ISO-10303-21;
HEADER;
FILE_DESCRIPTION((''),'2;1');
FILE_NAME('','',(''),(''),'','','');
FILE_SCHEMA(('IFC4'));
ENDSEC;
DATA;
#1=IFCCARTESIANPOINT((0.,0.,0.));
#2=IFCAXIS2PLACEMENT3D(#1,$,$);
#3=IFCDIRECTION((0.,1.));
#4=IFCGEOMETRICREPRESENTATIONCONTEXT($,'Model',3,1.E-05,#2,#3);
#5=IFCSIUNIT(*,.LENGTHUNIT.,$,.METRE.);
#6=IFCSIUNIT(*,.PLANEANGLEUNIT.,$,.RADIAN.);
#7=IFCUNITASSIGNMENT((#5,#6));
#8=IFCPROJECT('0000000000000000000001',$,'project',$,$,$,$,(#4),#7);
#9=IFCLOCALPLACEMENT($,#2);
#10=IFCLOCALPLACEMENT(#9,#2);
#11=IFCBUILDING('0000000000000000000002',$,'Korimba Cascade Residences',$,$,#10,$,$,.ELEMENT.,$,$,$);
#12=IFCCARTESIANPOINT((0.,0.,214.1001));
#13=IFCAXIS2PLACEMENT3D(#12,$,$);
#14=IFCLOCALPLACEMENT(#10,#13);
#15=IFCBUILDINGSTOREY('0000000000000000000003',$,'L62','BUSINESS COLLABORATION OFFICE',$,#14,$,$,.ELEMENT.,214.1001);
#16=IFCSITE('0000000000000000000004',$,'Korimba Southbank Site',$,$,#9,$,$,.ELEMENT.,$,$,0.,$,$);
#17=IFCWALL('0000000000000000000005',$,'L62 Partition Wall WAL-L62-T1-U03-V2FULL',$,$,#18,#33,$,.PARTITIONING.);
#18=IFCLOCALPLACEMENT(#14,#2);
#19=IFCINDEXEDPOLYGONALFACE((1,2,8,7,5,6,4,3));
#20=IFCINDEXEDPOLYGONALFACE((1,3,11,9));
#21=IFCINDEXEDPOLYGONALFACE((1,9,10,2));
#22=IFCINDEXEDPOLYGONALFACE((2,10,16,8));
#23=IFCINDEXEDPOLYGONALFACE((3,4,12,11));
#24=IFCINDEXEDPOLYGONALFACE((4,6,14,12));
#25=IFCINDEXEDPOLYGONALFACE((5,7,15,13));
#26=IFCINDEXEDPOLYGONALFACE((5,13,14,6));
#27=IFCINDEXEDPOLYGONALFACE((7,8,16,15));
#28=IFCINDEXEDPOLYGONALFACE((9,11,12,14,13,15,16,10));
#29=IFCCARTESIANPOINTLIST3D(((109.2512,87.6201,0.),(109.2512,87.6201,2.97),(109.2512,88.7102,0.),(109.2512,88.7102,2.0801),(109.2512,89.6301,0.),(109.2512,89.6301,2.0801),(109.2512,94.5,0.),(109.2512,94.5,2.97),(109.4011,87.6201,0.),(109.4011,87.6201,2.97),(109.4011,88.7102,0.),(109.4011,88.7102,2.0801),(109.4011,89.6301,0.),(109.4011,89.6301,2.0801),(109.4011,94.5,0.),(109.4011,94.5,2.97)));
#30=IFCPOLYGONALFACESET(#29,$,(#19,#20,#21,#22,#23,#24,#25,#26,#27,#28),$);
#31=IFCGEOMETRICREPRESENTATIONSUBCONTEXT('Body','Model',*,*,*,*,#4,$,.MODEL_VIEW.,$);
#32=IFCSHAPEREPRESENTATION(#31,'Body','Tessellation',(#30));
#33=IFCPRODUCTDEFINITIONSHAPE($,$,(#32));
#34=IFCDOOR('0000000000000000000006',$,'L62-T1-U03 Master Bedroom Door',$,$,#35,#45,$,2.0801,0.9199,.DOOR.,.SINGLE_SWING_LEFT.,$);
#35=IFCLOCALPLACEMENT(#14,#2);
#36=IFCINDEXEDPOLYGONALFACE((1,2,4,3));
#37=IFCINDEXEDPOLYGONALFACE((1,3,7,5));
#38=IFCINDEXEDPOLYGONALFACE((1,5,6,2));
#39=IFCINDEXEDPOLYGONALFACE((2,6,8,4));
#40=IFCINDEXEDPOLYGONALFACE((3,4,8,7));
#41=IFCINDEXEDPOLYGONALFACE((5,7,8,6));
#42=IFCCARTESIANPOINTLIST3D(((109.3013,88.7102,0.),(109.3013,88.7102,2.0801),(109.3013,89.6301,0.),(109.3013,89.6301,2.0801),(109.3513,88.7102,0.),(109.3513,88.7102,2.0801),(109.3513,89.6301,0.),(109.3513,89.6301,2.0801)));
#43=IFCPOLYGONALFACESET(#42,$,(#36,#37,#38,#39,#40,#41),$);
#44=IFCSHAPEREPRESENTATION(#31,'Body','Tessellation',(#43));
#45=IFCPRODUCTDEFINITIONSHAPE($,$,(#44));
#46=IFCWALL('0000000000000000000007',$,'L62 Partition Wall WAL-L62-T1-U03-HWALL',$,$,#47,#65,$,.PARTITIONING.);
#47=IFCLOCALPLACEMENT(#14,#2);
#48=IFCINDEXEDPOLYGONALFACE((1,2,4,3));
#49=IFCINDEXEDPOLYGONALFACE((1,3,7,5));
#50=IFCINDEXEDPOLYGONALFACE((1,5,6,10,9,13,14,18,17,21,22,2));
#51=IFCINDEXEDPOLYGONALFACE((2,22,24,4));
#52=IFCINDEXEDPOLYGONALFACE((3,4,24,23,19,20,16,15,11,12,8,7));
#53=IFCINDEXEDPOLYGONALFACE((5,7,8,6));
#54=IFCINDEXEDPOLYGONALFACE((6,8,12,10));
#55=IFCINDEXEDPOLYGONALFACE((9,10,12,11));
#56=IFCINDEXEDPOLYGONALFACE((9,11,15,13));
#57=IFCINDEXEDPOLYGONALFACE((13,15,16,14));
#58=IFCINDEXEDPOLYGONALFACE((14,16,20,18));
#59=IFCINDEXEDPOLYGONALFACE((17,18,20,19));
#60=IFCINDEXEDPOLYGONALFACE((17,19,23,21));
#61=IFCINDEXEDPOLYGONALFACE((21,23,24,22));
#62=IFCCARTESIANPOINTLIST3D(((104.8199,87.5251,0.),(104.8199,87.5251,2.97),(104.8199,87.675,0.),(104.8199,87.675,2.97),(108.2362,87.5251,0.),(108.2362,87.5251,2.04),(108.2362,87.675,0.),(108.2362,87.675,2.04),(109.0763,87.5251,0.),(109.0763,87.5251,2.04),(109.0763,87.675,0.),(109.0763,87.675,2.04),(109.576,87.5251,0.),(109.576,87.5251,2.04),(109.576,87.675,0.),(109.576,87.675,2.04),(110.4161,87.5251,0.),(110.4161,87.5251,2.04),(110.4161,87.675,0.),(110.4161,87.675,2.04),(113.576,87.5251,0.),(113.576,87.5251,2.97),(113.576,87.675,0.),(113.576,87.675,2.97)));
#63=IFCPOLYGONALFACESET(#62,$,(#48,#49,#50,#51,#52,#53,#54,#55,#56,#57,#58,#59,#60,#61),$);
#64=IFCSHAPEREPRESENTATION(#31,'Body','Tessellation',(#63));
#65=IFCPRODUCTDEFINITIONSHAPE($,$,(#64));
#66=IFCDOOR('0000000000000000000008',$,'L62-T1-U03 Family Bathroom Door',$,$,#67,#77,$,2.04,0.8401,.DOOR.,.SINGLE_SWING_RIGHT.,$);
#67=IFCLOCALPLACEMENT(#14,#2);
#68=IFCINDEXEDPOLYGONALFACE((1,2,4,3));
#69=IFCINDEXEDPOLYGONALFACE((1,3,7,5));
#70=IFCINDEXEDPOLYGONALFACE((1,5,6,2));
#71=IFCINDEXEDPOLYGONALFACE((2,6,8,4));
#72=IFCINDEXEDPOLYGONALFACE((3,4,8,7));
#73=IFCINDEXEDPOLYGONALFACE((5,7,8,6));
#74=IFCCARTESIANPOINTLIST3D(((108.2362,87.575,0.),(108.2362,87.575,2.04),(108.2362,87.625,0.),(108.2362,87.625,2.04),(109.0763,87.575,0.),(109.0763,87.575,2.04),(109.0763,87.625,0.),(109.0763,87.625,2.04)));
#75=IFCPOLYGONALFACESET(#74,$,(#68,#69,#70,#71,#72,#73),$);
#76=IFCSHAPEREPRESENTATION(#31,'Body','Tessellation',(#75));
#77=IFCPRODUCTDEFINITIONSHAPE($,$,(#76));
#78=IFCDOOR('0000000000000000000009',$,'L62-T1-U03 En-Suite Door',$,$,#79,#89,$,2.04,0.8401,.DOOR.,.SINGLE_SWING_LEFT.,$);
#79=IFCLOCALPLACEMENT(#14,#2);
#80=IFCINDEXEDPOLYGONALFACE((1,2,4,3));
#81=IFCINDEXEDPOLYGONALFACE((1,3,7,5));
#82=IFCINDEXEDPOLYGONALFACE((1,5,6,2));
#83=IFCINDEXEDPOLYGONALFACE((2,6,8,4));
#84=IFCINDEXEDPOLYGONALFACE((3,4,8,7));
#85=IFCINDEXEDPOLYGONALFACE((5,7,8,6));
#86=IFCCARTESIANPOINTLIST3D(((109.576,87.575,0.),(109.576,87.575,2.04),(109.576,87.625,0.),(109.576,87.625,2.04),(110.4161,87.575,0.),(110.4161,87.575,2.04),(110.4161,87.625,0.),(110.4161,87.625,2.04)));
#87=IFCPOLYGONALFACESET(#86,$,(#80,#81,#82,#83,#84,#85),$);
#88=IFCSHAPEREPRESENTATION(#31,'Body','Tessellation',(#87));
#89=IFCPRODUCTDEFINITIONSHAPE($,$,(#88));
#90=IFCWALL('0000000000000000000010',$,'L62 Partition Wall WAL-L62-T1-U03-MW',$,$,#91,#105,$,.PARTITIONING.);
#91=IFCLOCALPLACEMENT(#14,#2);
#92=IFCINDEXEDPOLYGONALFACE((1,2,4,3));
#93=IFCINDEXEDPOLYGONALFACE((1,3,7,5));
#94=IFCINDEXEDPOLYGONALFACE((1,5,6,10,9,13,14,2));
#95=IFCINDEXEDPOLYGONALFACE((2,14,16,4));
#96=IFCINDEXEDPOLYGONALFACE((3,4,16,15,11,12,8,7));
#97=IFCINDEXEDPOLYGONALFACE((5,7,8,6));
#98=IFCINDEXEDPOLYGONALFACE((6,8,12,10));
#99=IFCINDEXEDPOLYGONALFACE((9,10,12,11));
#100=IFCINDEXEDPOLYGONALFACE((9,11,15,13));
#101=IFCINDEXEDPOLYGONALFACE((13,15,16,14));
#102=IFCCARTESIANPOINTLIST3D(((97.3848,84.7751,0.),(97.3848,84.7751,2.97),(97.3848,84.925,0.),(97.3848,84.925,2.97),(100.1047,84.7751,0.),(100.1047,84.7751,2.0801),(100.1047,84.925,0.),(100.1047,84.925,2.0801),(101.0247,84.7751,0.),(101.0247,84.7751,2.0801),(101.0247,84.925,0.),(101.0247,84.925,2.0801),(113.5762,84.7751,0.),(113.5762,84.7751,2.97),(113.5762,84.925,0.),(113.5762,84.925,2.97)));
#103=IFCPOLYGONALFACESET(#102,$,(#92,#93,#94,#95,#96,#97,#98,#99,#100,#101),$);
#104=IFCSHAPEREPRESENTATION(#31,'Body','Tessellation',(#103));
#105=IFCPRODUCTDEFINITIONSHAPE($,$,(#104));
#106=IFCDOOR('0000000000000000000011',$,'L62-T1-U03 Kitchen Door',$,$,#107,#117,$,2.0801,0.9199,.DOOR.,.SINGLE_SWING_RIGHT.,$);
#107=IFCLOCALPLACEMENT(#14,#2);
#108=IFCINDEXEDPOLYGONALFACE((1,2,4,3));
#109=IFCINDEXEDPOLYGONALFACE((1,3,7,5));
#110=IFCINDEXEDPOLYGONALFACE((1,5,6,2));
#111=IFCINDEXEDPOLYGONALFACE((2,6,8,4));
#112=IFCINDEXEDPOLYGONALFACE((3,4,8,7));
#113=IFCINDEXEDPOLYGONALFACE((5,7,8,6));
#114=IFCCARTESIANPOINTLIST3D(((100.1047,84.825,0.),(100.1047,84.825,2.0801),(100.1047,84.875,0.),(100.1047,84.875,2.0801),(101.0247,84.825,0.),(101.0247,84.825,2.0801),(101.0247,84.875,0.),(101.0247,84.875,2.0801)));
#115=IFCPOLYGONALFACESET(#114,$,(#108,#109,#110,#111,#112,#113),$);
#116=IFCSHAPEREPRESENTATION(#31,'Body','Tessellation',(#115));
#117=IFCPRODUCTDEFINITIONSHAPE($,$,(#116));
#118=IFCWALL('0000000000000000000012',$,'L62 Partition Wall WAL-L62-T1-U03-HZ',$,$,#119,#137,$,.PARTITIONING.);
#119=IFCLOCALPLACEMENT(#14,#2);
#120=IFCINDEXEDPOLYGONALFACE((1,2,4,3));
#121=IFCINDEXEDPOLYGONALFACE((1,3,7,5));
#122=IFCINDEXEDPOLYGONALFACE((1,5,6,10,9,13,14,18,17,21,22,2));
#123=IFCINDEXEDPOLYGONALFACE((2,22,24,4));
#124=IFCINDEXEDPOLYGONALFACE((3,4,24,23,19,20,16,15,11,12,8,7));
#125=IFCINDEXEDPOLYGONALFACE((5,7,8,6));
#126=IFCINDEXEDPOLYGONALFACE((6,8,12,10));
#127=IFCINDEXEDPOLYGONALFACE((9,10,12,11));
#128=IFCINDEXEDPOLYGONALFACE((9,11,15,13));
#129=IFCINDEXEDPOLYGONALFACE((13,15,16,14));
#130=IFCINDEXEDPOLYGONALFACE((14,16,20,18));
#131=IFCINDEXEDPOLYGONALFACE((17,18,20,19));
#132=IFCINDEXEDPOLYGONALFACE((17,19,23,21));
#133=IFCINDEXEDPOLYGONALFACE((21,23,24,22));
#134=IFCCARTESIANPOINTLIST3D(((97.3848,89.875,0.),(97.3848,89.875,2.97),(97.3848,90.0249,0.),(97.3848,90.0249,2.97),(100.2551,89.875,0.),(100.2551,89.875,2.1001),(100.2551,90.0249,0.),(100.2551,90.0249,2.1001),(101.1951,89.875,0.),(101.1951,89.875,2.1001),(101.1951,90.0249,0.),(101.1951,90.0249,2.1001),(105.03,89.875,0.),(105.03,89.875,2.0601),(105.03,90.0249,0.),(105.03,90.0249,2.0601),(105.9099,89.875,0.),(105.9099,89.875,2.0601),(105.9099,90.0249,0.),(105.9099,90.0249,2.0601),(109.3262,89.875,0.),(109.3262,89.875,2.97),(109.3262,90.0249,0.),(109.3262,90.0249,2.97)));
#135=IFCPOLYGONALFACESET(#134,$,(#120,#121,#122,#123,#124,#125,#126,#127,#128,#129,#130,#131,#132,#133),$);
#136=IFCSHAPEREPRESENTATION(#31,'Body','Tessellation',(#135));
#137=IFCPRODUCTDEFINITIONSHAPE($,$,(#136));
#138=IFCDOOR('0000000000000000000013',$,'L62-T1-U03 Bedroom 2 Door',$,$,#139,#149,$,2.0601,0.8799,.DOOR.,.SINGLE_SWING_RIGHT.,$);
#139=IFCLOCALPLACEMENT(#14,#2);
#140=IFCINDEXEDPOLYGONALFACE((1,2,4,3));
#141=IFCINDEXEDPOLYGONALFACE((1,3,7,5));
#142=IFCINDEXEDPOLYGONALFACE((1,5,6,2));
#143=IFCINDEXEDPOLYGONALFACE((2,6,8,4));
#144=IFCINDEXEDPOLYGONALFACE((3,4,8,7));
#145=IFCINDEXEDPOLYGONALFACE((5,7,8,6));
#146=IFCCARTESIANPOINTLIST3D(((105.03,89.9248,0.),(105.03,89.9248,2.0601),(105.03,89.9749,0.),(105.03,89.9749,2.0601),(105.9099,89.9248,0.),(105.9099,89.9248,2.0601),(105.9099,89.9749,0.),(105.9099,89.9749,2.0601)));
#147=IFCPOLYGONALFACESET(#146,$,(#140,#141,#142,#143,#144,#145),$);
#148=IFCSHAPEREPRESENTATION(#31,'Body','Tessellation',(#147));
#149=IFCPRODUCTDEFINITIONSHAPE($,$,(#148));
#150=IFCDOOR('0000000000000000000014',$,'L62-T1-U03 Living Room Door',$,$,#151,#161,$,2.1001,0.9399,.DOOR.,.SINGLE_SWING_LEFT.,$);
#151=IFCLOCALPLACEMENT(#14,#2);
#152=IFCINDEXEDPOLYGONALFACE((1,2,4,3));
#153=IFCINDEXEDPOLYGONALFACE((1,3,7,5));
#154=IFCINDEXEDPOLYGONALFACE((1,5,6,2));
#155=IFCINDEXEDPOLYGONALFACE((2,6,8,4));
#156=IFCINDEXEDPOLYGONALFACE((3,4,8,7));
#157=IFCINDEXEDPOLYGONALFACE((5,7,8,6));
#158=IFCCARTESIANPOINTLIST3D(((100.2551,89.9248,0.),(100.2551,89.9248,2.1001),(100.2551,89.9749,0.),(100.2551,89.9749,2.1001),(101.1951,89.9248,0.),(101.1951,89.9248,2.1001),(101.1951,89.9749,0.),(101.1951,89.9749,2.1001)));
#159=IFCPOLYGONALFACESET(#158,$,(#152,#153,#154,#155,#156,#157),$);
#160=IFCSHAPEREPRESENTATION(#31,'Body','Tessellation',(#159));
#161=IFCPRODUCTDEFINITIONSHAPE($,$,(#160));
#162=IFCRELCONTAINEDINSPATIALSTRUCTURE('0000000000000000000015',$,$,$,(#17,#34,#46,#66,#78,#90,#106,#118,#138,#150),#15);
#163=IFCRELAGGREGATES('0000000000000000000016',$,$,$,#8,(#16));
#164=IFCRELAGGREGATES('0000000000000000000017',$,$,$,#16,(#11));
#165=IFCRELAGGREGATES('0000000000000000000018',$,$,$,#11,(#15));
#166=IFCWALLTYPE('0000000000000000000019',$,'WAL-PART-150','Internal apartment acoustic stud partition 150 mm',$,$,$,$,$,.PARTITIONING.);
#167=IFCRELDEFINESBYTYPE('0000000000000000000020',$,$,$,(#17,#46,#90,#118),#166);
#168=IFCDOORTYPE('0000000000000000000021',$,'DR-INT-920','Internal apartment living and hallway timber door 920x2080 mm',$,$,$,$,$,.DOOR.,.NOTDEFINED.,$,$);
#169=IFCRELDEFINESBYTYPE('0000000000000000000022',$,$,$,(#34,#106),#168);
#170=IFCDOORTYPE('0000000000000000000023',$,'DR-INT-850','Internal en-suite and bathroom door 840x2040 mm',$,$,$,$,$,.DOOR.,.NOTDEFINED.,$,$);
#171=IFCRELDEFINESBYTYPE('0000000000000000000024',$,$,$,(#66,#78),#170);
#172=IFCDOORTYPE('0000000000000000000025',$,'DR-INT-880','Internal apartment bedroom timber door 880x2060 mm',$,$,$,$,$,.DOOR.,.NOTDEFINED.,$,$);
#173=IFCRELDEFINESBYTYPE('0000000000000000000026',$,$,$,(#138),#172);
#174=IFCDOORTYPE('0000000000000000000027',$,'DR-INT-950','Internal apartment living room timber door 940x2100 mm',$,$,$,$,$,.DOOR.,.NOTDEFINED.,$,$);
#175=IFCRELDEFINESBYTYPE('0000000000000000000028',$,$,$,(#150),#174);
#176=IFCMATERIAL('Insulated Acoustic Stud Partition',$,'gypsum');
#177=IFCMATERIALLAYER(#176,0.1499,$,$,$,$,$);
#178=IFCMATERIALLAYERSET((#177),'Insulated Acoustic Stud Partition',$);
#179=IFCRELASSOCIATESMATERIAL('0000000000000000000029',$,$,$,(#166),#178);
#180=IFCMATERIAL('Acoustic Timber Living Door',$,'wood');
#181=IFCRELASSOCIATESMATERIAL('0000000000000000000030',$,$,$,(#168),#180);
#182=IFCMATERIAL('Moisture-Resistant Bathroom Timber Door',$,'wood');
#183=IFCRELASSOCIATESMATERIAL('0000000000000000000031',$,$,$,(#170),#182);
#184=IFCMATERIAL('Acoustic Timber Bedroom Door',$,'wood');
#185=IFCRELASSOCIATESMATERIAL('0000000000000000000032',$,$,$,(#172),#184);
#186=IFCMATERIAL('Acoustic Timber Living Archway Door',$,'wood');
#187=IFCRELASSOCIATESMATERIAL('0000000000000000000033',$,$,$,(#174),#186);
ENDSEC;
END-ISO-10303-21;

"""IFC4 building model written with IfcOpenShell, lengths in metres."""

from ifc_helpers import new_model, si_unit, direction, frame, frame_2d, origin, place, context, subcontext, project, spatial, rectangle, extrude, material, layer, layer_set, type_object, element, fill, save


model = new_model("IFC4")

# Units and contexts
model_context = context("Model", 3, precision=1e-05, world=origin(), true_north=direction((0.0, 1.0)))
body_context = subcontext(model_context, "Body", "Model", "MODEL_VIEW")
ifc_project = project(units=[si_unit("LENGTHUNIT", "METRE"), si_unit("PLANEANGLEUNIT", "RADIAN")], contexts=[model_context])

# Site, building, storey
site_placement = place(None, origin())
site = spatial("IfcSite", under=ifc_project, at=site_placement, Name="Korimba Southbank Site", CompositionType="ELEMENT", RefElevation=0.0)
building_placement = place(site_placement, origin())
building = spatial("IfcBuilding", under=site, at=building_placement, Name="Korimba Cascade Residences", CompositionType="ELEMENT")
storey_placement = place(building_placement, frame((0.0, 0.0, 214.1001)))
storey = spatial("IfcBuildingStorey", under=building, at=storey_placement, Name="L62", Description="BUSINESS COLLABORATION OFFICE", CompositionType="ELEMENT", Elevation=214.1001)

# Shared definitions
ifc_material_1 = material(Name="Insulated Acoustic Stud Partition", Category="gypsum")
ifc_layer = layer(ifc_material_1, 0.1499)
ifc_layer_set = layer_set([ifc_layer], Name="Insulated Acoustic Stud Partition")
wall_type = type_object("IfcWallType", Name="WAL-PART-150", Description="Internal apartment acoustic stud partition 150 mm", PredefinedType="PARTITIONING", material=ifc_layer_set)
ifc_material_2 = material(Name="Acoustic Timber Living Door", Category="wood")
door_type_1 = type_object("IfcDoorType", Name="DR-INT-920", Description="Internal apartment living and hallway timber door 920x2080 mm", OperationType="NOTDEFINED", PredefinedType="DOOR", material=ifc_material_2)

# Wall, opening, door
wall_1_placement = place(storey_placement, frame((109.3262, 87.6201, 0.0), z_axis=(0.0, 0.0, 1.0), x_axis=(0.0, 1.0, 0.0)))
wall_1 = element("IfcWall", 1, at=wall_1_placement, inside=storey, type_object=wall_type, Name="L62 Partition Wall WAL-L62-T1-U03-V2FULL", PredefinedType="PARTITIONING", context=body_context, shape_type="SweptSolid", body=[
    extrude(rectangle(XDim=6.8799, YDim=0.1499, at=frame_2d((3.4399, 0.0))), origin(), (0.0, 0.0, 1.0), 2.97),
])
opening_1_placement = place(wall_1_placement, frame((1.0901, 0.0, 0.0)))
opening_1 = element("IfcOpeningElement", 2, at=opening_1_placement, cuts=wall_1, PredefinedType="OPENING", context=body_context, shape_type="SweptSolid", body=[
    extrude(rectangle(XDim=0.9199, YDim=2.0801, at=frame_2d((0.46, 1.04))), frame((0.0, 0.085, 0.0), z_axis=(0.0, -1.0, 0.0), x_axis=(1.0, 0.0, 0.0)), (0.0, 0.0, 1.0), 0.1699),
])
door_1_placement = place(opening_1_placement, origin())
door_1 = element("IfcDoor", 3, at=door_1_placement, inside=storey, type_object=door_type_1, Name="L62-T1-U03 Master Bedroom Door", OperationType="SINGLE_SWING_LEFT", OverallHeight=2.0801, OverallWidth=0.9199, PredefinedType="DOOR", context=body_context, shape_type="SweptSolid", body=[
    extrude(rectangle(XDim=0.9199, YDim=2.0801, at=frame_2d((0.46, 1.04))), frame((0.0, 0.0249, 0.0), z_axis=(0.0, -1.0, 0.0), x_axis=(1.0, 0.0, 0.0)), (0.0, 0.0, 1.0), 0.05),
])
fill(opening_1, door_1)

# Wall, openings, doors
wall_2_placement = place(storey_placement, frame((104.8201, 87.6001, 0.0), z_axis=(0.0, 0.0, 1.0), x_axis=(1.0, 0.0, 0.0)))
wall_2 = element("IfcWall", 4, at=wall_2_placement, inside=storey, type_object=wall_type, Name="L62 Partition Wall WAL-L62-T1-U03-HWALL", PredefinedType="PARTITIONING", context=body_context, shape_type="SweptSolid", body=[
    extrude(rectangle(XDim=8.7561, YDim=0.1499, at=frame_2d((4.3779, 0.0))), origin(), (0.0, 0.0, 1.0), 2.97),
])
opening_2_placement = place(wall_2_placement, frame((3.4163, 0.0, 0.0)))
opening_2 = element("IfcOpeningElement", 5, at=opening_2_placement, cuts=wall_2, PredefinedType="OPENING", context=body_context, shape_type="SweptSolid", body=[
    extrude(rectangle(XDim=0.8401, YDim=2.04, at=frame_2d((0.4199, 1.02))), frame((0.0, 0.085, 0.0), z_axis=(0.0, -1.0, 0.0), x_axis=(1.0, 0.0, 0.0)), (0.0, 0.0, 1.0), 0.1699),
])
opening_3_placement = place(wall_2_placement, frame((4.7561, 0.0, 0.0)))
opening_3 = element("IfcOpeningElement", 6, at=opening_3_placement, cuts=wall_2, PredefinedType="OPENING", context=body_context, shape_type="SweptSolid", body=[
    extrude(rectangle(XDim=0.8401, YDim=2.04, at=frame_2d((0.4199, 1.02))), frame((0.0, 0.085, 0.0), z_axis=(0.0, -1.0, 0.0), x_axis=(1.0, 0.0, 0.0)), (0.0, 0.0, 1.0), 0.1699),
])
ifc_material_3 = material(Name="Moisture-Resistant Bathroom Timber Door", Category="wood")
door_type_2 = type_object("IfcDoorType", Name="DR-INT-850", Description="Internal en-suite and bathroom door 840x2040 mm", OperationType="NOTDEFINED", PredefinedType="DOOR", material=ifc_material_3)
door_2_placement = place(opening_2_placement, origin())
door_2 = element("IfcDoor", 7, at=door_2_placement, inside=storey, type_object=door_type_2, Name="L62-T1-U03 Family Bathroom Door", OperationType="SINGLE_SWING_RIGHT", OverallHeight=2.04, OverallWidth=0.8401, PredefinedType="DOOR", context=body_context, shape_type="SweptSolid", body=[
    extrude(rectangle(XDim=0.8401, YDim=2.04, at=frame_2d((0.4199, 1.02))), frame((0.0, 0.0249, 0.0), z_axis=(0.0, -1.0, 0.0), x_axis=(1.0, 0.0, 0.0)), (0.0, 0.0, 1.0), 0.05),
])
fill(opening_2, door_2)
door_3_placement = place(opening_3_placement, origin())
door_3 = element("IfcDoor", 8, at=door_3_placement, inside=storey, type_object=door_type_2, Name="L62-T1-U03 En-Suite Door", OperationType="SINGLE_SWING_LEFT", OverallHeight=2.04, OverallWidth=0.8401, PredefinedType="DOOR", context=body_context, shape_type="SweptSolid", body=[
    extrude(rectangle(XDim=0.8401, YDim=2.04, at=frame_2d((0.4199, 1.02))), frame((0.0, 0.0249, 0.0), z_axis=(0.0, -1.0, 0.0), x_axis=(1.0, 0.0, 0.0)), (0.0, 0.0, 1.0), 0.05),
])
fill(opening_3, door_3)

# Wall, opening, door
wall_3_placement = place(storey_placement, frame((97.3848, 84.8501, 0.0), z_axis=(0.0, 0.0, 1.0), x_axis=(1.0, 0.0, 0.0)))
wall_3 = element("IfcWall", 9, at=wall_3_placement, inside=storey, type_object=wall_type, Name="L62 Partition Wall WAL-L62-T1-U03-MW", PredefinedType="PARTITIONING", context=body_context, shape_type="SweptSolid", body=[
    extrude(rectangle(XDim=16.1914, YDim=0.1499, at=frame_2d((8.0957, 0.0))), origin(), (0.0, 0.0, 1.0), 2.97),
])
opening_4_placement = place(wall_3_placement, frame((2.72, 0.0, 0.0)))
opening_4 = element("IfcOpeningElement", 10, at=opening_4_placement, cuts=wall_3, PredefinedType="OPENING", context=body_context, shape_type="SweptSolid", body=[
    extrude(rectangle(XDim=0.9199, YDim=2.0801, at=frame_2d((0.46, 1.04))), frame((0.0, 0.085, 0.0), z_axis=(0.0, -1.0, 0.0), x_axis=(1.0, 0.0, 0.0)), (0.0, 0.0, 1.0), 0.1699),
])
door_4_placement = place(opening_4_placement, origin())
door_4 = element("IfcDoor", 11, at=door_4_placement, inside=storey, type_object=door_type_1, Name="L62-T1-U03 Kitchen Door", OperationType="SINGLE_SWING_RIGHT", OverallHeight=2.0801, OverallWidth=0.9199, PredefinedType="DOOR", context=body_context, shape_type="SweptSolid", body=[
    extrude(rectangle(XDim=0.9199, YDim=2.0801, at=frame_2d((0.46, 1.04))), frame((0.0, 0.0249, 0.0), z_axis=(0.0, -1.0, 0.0), x_axis=(1.0, 0.0, 0.0)), (0.0, 0.0, 1.0), 0.05),
])
fill(opening_4, door_4)

# Wall, openings, doors
wall_4_placement = place(storey_placement, frame((97.3848, 89.95, 0.0), z_axis=(0.0, 0.0, 1.0), x_axis=(1.0, 0.0, 0.0)))
wall_4 = element("IfcWall", 12, at=wall_4_placement, inside=storey, type_object=wall_type, Name="L62 Partition Wall WAL-L62-T1-U03-HZ", PredefinedType="PARTITIONING", context=body_context, shape_type="SweptSolid", body=[
    extrude(rectangle(XDim=11.9414, YDim=0.1499, at=frame_2d((5.9707, 0.0))), origin(), (0.0, 0.0, 1.0), 2.97),
])
opening_5_placement = place(wall_4_placement, frame((2.8704, 0.0, 0.0)))
opening_5 = element("IfcOpeningElement", 13, at=opening_5_placement, cuts=wall_4, PredefinedType="OPENING", context=body_context, shape_type="SweptSolid", body=[
    extrude(rectangle(XDim=0.9399, YDim=2.1001, at=frame_2d((0.47, 1.05))), frame((0.0, 0.085, 0.0), z_axis=(0.0, -1.0, 0.0), x_axis=(1.0, 0.0, 0.0)), (0.0, 0.0, 1.0), 0.1699),
])
opening_6_placement = place(wall_4_placement, frame((7.6453, 0.0, 0.0)))
opening_6 = element("IfcOpeningElement", 14, at=opening_6_placement, cuts=wall_4, PredefinedType="OPENING", context=body_context, shape_type="SweptSolid", body=[
    extrude(rectangle(XDim=0.8799, YDim=2.0601, at=frame_2d((0.4399, 1.03))), frame((0.0, 0.085, 0.0), z_axis=(0.0, -1.0, 0.0), x_axis=(1.0, 0.0, 0.0)), (0.0, 0.0, 1.0), 0.1699),
])
ifc_material_4 = material(Name="Acoustic Timber Bedroom Door", Category="wood")
door_type_3 = type_object("IfcDoorType", Name="DR-INT-880", Description="Internal apartment bedroom timber door 880x2060 mm", OperationType="NOTDEFINED", PredefinedType="DOOR", material=ifc_material_4)
door_5_placement = place(opening_6_placement, origin())
door_5 = element("IfcDoor", 15, at=door_5_placement, inside=storey, type_object=door_type_3, Name="L62-T1-U03 Bedroom 2 Door", OperationType="SINGLE_SWING_RIGHT", OverallHeight=2.0601, OverallWidth=0.8799, PredefinedType="DOOR", context=body_context, shape_type="SweptSolid", body=[
    extrude(rectangle(XDim=0.8799, YDim=2.0601, at=frame_2d((0.4399, 1.03))), frame((0.0, 0.0249, 0.0), z_axis=(0.0, -1.0, 0.0), x_axis=(1.0, 0.0, 0.0)), (0.0, 0.0, 1.0), 0.05),
])
fill(opening_6, door_5)
ifc_material_5 = material(Name="Acoustic Timber Living Archway Door", Category="wood")
door_type_4 = type_object("IfcDoorType", Name="DR-INT-950", Description="Internal apartment living room timber door 940x2100 mm", OperationType="NOTDEFINED", PredefinedType="DOOR", material=ifc_material_5)
door_6_placement = place(opening_5_placement, origin())
door_6 = element("IfcDoor", 16, at=door_6_placement, inside=storey, type_object=door_type_4, Name="L62-T1-U03 Living Room Door", OperationType="SINGLE_SWING_LEFT", OverallHeight=2.1001, OverallWidth=0.9399, PredefinedType="DOOR", context=body_context, shape_type="SweptSolid", body=[
    extrude(rectangle(XDim=0.9399, YDim=2.1001, at=frame_2d((0.47, 1.05))), frame((0.0, 0.0249, 0.0), z_axis=(0.0, -1.0, 0.0), x_axis=(1.0, 0.0, 0.0)), (0.0, 0.0, 1.0), 0.05),
])
fill(opening_5, door_6)

save(model, "model.ifc")
